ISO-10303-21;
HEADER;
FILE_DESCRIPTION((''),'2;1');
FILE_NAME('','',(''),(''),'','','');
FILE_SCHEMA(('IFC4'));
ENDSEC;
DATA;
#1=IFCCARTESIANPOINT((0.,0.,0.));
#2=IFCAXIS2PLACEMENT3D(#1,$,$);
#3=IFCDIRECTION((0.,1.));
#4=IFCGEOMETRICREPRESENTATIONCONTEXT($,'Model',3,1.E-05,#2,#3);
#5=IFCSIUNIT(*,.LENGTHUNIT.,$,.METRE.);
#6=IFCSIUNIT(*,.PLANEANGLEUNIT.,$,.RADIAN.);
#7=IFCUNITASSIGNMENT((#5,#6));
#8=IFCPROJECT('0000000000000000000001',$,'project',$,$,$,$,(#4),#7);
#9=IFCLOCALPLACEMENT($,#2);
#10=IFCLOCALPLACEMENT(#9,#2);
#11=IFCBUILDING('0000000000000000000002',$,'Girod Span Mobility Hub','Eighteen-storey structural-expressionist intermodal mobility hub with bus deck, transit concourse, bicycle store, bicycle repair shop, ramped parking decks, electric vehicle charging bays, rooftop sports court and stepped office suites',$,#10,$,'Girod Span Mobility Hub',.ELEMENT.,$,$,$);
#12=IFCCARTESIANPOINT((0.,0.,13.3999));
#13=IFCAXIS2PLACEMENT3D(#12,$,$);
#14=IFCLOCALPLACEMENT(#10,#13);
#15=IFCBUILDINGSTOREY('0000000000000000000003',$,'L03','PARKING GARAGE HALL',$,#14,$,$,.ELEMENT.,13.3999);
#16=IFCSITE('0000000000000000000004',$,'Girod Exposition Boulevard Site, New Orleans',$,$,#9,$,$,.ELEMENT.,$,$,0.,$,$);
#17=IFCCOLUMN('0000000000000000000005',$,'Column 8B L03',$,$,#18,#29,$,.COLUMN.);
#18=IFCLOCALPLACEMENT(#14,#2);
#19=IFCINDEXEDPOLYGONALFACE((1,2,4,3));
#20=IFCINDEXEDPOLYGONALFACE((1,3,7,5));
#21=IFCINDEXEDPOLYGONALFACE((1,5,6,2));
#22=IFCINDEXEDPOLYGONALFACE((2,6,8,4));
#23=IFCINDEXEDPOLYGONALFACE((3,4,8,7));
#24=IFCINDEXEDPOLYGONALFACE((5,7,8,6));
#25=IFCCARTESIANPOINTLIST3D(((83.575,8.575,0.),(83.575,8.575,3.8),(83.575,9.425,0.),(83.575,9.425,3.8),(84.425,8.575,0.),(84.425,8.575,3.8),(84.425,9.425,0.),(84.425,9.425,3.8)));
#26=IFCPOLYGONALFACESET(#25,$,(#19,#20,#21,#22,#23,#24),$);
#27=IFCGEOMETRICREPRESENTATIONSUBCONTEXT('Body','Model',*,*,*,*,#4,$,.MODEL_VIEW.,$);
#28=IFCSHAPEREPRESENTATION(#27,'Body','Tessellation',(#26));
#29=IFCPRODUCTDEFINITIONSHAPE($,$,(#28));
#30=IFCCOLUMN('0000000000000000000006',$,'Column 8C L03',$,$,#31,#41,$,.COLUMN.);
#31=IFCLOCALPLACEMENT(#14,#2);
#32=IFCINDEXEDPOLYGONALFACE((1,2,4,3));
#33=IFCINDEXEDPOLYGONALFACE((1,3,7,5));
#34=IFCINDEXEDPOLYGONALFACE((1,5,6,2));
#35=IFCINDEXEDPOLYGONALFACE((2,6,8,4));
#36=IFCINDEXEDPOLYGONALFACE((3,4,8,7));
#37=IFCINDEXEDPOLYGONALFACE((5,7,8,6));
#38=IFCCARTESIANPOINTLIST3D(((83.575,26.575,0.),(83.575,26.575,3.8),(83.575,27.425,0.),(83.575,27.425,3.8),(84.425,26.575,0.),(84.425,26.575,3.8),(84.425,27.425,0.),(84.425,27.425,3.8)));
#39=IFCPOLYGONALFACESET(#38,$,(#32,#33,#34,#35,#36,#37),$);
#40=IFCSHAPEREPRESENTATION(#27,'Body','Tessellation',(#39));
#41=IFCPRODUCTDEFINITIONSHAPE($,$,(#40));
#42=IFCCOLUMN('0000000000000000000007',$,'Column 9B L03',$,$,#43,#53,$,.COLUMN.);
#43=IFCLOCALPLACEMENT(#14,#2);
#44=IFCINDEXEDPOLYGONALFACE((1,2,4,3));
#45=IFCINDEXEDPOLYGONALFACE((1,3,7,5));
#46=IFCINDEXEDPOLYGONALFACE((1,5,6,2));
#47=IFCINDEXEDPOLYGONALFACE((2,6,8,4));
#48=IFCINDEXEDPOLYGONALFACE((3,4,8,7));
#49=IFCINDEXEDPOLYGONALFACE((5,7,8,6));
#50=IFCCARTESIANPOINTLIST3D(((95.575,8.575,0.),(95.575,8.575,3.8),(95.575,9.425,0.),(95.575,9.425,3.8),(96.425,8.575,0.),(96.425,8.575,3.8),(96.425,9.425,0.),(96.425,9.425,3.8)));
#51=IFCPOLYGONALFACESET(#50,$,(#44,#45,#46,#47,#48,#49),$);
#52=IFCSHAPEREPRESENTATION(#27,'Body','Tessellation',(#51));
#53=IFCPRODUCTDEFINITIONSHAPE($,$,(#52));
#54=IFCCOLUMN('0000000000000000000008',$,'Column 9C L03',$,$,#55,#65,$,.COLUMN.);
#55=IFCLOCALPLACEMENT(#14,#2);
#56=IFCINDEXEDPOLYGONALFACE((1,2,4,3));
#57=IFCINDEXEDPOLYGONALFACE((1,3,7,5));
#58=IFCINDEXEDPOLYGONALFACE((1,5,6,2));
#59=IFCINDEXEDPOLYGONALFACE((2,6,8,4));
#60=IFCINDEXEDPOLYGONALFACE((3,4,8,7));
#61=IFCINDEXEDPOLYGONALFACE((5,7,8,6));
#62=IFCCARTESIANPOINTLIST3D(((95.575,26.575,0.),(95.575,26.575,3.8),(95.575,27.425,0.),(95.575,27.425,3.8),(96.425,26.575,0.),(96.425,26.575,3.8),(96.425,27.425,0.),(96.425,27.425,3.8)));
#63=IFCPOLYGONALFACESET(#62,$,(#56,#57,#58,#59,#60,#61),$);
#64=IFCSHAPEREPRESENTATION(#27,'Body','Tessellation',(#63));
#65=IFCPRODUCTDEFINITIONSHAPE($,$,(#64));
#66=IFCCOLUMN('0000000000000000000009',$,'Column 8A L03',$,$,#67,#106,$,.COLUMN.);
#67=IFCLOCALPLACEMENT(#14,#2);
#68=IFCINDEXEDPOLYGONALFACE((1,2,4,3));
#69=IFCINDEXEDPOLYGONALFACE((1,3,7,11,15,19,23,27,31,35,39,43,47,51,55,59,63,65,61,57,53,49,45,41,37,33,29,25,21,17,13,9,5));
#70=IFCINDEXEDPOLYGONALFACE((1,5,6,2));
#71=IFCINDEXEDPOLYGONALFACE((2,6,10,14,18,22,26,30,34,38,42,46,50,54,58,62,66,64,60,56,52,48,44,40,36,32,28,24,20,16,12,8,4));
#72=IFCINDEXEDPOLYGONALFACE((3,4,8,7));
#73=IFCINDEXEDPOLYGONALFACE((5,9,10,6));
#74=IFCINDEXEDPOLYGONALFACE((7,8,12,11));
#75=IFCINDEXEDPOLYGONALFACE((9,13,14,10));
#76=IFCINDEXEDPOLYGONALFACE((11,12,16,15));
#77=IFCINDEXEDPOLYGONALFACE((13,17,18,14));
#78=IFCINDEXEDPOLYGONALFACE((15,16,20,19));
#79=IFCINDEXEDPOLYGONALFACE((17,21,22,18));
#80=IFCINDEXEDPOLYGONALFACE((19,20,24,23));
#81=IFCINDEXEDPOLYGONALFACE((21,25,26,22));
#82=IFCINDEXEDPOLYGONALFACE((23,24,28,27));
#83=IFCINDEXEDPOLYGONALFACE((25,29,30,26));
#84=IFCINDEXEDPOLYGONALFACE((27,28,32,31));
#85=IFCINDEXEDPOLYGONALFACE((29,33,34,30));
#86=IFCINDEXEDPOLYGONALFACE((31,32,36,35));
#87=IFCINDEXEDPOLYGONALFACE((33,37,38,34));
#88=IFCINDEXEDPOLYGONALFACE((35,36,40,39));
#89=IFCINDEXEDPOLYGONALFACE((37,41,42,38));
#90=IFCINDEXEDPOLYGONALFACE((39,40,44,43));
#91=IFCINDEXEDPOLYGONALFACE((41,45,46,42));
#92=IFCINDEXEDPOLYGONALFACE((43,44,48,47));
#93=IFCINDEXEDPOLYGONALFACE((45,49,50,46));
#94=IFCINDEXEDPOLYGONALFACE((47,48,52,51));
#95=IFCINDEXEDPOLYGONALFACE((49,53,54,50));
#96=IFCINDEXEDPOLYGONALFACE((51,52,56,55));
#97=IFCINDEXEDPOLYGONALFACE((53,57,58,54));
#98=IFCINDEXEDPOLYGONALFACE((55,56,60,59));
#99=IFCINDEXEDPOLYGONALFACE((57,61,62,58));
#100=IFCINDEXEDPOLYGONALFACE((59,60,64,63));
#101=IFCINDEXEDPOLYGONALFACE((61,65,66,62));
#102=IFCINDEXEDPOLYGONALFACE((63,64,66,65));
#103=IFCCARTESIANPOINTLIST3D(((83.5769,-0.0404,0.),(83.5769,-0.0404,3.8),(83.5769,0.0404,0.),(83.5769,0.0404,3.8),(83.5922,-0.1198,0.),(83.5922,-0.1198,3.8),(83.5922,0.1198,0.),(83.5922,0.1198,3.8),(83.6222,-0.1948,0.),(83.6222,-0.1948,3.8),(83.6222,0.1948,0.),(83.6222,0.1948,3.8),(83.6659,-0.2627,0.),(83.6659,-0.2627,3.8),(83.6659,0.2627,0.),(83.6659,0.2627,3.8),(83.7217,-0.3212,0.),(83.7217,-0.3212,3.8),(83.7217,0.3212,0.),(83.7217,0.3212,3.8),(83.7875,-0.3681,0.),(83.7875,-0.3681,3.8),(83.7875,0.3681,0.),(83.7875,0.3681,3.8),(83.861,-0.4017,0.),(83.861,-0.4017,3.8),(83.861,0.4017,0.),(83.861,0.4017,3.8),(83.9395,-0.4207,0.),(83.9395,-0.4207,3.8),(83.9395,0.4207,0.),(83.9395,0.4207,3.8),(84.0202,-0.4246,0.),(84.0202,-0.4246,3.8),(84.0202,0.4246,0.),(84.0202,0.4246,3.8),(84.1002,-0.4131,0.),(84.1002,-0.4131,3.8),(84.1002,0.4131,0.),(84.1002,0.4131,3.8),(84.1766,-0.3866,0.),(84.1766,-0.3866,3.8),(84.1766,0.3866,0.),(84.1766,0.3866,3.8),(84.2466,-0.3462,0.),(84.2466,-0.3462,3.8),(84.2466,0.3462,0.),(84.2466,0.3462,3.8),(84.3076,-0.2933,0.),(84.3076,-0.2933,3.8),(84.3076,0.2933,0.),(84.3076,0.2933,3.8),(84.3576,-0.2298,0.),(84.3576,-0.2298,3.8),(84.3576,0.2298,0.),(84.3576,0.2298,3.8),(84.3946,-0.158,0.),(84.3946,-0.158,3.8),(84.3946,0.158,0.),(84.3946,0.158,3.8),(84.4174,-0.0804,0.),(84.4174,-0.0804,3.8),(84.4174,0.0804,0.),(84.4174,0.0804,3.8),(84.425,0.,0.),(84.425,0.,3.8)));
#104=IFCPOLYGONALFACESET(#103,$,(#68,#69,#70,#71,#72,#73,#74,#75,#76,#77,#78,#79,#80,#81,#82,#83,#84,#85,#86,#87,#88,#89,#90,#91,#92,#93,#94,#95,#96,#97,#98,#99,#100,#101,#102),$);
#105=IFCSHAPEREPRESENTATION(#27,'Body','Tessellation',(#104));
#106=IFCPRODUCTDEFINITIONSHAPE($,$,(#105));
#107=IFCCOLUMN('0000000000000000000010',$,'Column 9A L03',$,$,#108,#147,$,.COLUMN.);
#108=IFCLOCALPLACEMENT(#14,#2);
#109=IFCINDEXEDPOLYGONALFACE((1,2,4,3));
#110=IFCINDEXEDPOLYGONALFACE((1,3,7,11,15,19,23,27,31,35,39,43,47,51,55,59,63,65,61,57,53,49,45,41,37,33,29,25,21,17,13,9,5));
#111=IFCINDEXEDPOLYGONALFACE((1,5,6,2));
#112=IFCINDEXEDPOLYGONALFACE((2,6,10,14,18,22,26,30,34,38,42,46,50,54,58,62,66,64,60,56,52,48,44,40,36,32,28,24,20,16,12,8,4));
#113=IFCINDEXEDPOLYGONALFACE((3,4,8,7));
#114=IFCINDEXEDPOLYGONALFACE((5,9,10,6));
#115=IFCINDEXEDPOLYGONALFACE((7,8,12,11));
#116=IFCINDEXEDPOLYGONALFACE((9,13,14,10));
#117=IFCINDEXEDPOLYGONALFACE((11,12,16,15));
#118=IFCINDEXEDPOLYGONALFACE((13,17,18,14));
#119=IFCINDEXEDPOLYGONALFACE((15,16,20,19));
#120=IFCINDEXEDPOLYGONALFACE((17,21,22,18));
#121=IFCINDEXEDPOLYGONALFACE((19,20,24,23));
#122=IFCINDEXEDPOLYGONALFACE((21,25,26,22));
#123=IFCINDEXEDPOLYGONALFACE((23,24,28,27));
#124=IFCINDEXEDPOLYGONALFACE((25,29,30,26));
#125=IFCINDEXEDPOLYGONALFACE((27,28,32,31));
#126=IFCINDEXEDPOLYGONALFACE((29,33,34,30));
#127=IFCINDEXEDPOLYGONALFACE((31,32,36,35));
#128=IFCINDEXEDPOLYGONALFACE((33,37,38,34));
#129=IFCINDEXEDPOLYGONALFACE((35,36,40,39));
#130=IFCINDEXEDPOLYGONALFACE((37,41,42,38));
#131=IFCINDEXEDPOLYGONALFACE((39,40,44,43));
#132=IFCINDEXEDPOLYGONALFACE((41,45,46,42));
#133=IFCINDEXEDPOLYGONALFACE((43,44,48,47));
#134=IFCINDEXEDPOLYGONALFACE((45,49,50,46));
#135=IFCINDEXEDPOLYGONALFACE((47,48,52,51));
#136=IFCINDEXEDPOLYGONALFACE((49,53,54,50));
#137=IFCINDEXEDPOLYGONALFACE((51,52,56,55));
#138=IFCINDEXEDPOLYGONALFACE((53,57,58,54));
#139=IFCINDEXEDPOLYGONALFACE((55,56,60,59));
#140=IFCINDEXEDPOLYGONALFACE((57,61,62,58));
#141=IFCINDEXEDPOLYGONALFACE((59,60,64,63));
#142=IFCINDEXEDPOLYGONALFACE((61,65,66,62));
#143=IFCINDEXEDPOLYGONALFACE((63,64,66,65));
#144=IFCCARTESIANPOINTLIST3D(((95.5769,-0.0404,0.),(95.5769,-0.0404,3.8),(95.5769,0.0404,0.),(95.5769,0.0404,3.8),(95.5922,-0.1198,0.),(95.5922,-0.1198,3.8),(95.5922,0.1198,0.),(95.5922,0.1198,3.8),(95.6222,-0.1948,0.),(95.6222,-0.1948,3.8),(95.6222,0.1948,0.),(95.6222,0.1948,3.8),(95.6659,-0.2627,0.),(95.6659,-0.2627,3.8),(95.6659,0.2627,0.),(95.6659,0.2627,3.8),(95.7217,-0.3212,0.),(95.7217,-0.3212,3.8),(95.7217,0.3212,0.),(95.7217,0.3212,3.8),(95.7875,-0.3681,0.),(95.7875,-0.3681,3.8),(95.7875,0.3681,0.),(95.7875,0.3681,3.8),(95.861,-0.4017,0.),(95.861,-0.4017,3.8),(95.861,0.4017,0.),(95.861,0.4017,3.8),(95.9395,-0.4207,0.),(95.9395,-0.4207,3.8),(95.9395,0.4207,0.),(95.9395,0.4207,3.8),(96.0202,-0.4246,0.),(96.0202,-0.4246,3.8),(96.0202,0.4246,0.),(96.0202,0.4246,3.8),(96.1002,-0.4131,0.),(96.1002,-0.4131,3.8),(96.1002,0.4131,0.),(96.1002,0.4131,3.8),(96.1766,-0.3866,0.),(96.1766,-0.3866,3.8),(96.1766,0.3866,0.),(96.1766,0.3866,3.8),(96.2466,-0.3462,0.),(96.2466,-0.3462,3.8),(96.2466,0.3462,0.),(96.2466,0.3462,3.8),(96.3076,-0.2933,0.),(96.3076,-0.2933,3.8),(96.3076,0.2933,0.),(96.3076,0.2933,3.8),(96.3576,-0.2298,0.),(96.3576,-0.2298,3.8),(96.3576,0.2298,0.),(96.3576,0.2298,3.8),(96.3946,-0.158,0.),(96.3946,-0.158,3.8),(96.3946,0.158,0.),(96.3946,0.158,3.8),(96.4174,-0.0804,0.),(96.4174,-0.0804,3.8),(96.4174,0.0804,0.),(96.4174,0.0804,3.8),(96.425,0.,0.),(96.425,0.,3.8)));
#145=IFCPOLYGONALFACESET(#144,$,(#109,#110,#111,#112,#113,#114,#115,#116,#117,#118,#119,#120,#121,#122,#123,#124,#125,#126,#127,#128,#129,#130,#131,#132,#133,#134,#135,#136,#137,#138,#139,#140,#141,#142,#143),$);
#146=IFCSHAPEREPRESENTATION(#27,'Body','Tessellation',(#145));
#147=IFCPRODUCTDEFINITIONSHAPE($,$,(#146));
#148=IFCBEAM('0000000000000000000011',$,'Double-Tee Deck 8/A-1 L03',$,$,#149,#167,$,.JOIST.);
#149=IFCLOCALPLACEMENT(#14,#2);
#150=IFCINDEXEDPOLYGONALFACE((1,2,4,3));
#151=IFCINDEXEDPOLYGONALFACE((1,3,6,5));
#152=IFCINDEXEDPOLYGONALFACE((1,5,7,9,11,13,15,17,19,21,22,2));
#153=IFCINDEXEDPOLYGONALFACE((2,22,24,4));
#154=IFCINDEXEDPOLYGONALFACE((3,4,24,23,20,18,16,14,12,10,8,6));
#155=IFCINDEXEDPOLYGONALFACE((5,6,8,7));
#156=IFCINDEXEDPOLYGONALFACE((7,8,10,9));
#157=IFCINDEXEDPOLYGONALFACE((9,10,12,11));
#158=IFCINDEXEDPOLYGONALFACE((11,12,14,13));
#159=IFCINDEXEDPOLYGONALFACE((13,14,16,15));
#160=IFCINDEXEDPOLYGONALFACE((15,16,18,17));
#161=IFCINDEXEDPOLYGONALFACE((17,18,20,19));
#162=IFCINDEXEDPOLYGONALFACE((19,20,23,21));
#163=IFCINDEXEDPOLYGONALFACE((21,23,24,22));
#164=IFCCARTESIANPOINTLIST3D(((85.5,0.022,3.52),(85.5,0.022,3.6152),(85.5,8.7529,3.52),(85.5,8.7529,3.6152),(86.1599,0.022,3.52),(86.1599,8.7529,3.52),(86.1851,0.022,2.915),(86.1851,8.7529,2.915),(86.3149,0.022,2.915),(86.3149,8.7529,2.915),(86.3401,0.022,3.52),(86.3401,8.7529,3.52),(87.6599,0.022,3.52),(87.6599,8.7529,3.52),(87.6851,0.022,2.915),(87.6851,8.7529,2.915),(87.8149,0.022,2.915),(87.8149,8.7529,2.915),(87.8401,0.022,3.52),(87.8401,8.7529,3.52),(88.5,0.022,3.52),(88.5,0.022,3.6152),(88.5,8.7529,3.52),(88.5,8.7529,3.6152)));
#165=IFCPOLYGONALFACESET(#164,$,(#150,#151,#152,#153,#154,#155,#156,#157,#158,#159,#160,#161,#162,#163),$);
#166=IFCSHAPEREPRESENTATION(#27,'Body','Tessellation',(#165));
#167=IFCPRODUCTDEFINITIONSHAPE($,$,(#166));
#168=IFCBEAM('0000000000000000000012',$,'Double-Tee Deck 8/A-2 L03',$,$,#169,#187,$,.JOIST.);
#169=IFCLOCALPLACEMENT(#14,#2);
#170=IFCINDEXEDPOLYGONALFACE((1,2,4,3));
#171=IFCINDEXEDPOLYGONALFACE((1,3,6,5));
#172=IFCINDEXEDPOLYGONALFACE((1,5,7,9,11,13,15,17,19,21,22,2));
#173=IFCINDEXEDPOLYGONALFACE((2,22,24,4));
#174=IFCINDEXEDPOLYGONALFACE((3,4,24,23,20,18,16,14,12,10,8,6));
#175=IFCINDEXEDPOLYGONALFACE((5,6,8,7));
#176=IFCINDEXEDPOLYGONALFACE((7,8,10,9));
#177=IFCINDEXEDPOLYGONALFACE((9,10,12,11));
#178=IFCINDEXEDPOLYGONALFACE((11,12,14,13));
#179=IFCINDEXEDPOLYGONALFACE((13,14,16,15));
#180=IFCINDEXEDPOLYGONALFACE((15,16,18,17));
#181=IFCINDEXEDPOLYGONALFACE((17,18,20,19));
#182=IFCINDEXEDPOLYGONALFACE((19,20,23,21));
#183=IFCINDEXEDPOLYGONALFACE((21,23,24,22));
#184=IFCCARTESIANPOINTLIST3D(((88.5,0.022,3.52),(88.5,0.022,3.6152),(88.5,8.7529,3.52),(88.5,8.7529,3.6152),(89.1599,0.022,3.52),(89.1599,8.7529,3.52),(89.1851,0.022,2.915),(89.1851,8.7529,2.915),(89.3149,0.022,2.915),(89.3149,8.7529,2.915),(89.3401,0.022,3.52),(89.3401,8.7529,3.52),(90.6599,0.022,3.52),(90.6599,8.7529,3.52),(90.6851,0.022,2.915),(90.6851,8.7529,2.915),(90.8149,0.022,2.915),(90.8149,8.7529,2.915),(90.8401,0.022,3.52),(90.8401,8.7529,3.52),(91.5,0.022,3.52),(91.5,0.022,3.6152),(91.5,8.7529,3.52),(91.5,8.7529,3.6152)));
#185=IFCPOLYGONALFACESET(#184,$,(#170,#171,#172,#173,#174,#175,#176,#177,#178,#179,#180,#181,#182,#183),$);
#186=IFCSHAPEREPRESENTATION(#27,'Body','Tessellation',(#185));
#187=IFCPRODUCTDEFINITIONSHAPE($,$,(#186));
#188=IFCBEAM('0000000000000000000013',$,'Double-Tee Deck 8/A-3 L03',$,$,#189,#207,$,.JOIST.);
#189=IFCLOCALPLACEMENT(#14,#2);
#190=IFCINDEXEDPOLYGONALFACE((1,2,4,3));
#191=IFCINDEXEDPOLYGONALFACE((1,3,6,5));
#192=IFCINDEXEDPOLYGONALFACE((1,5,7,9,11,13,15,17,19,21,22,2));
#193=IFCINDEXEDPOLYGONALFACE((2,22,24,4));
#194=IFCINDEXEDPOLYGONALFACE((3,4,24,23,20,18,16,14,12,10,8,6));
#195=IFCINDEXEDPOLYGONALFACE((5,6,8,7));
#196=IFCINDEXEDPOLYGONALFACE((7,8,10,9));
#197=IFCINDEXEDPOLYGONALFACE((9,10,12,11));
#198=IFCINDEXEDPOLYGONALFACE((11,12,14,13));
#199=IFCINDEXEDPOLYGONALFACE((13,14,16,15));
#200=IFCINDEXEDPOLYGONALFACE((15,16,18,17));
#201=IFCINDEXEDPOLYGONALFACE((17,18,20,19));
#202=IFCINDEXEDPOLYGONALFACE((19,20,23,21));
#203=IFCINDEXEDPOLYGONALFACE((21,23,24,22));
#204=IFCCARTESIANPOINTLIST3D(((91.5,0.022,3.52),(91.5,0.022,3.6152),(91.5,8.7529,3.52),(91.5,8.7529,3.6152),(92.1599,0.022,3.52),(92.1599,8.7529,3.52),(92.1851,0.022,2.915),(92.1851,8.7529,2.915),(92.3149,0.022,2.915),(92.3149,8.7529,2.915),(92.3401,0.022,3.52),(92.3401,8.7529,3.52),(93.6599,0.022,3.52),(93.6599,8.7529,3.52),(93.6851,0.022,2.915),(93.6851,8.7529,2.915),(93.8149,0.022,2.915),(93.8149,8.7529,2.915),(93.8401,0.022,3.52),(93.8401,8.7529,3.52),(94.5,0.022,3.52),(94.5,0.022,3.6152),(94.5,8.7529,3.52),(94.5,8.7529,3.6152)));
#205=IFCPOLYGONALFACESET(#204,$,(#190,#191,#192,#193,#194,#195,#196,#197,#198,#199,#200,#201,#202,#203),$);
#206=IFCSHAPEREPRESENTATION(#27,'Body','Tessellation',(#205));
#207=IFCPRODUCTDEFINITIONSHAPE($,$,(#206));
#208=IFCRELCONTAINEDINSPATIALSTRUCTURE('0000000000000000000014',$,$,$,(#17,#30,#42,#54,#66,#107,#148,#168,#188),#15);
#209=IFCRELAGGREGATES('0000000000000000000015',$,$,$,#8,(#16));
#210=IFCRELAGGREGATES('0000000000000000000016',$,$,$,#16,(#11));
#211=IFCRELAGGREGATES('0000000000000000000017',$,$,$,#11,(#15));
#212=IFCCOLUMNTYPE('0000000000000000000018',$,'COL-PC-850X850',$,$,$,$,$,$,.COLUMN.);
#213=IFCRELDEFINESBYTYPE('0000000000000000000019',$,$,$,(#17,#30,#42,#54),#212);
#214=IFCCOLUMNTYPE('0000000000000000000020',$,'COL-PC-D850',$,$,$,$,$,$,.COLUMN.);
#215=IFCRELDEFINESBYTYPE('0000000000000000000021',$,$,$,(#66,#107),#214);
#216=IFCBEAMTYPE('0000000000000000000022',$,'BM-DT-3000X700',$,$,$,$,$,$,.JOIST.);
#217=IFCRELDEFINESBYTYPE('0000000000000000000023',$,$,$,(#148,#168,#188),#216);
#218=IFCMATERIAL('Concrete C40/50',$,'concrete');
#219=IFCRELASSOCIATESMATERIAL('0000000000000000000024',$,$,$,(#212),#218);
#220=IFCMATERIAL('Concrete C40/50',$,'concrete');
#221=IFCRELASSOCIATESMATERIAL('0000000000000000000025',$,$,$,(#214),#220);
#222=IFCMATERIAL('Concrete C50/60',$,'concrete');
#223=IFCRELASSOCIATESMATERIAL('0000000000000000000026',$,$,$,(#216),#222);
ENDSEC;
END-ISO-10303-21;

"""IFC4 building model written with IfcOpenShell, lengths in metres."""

from ifc_helpers import new_model, si_unit, direction, frame, origin, origin_2d, place, context, subcontext, project, spatial, polyline, rectangle, circle, outline, extrude, material, material_profile, profile_set, type_object, element, save


model = new_model("IFC4")

# Units and contexts
model_context = context("Model", 3, precision=1e-05, world=origin(), true_north=direction((0.0, 1.0)))
body_context = subcontext(model_context, "Body", "Model", "MODEL_VIEW")
ifc_project = project(units=[si_unit("LENGTHUNIT", "METRE"), si_unit("PLANEANGLEUNIT", "RADIAN")], contexts=[model_context])

# Site, building, storey
site_placement = place(None, origin())
site = spatial("IfcSite", under=ifc_project, at=site_placement, Name="Girod Exposition Boulevard Site, New Orleans", CompositionType="ELEMENT", RefElevation=0.0)
building_placement = place(site_placement, origin())
building = spatial("IfcBuilding", under=site, at=building_placement, Name="Girod Span Mobility Hub", Description="Eighteen-storey structural-expressionist intermodal mobility hub with bus deck, transit concourse, bicycle store, bicycle repair shop, ramped parking decks, electric vehicle charging bays, rooftop sports court and stepped office suites", LongName="Girod Span Mobility Hub", CompositionType="ELEMENT")
storey_placement = place(building_placement, frame((0.0, 0.0, 13.3999)))
storey = spatial("IfcBuildingStorey", under=building, at=storey_placement, Name="L03", Description="PARKING GARAGE HALL", CompositionType="ELEMENT", Elevation=13.3999)

# Columns
ifc_material_1 = material(Name="Concrete C40/50", Category="concrete")
ifc_material_profile_1 = material_profile(ifc_material_1, rectangle(XDim=0.8501, YDim=0.8501, at=origin_2d()), Name="PC-COL-850X850")
ifc_profile_set_1 = profile_set([ifc_material_profile_1], Name="Concrete C40/50")
column_type_1 = type_object("IfcColumnType", Name="COL-PC-850X850", PredefinedType="COLUMN", material=ifc_profile_set_1)
for number, where, z_axis, x_axis, name in (
    (1, (84.0, 9.0, 0.0), (0.0, 0.0, 1.0), (1.0, 0.0, 0.0), "Column 8B L03"),
    (2, (84.0, 27.0, 0.0), (0.0, 0.0, 1.0), (1.0, 0.0, 0.0), "Column 8C L03"),
    (3, (96.0, 9.0, 0.0), (0.0, 0.0, 1.0), (1.0, 0.0, 0.0), "Column 9B L03"),
    (4, (96.0, 27.0, 0.0), (0.0, 0.0, 1.0), (1.0, 0.0, 0.0), "Column 9C L03"),
):
    element("IfcColumn", number, at=place(storey_placement, frame(where, z_axis=z_axis, x_axis=x_axis)), inside=storey, type_object=column_type_1, Name=name, PredefinedType="COLUMN", context=body_context, shape_type="SweptSolid", body=[
        extrude(rectangle(XDim=0.8501, YDim=0.8501, at=origin_2d()), origin(), (0.0, 0.0, 1.0), 3.8),
    ])
ifc_material_2 = material(Name="Concrete C40/50", Category="concrete")
ifc_material_profile_2 = material_profile(ifc_material_2, circle(Radius=0.425, at=origin_2d()), Name="PC-CIR-D850")
ifc_profile_set_2 = profile_set([ifc_material_profile_2], Name="Concrete C40/50")
column_type_2 = type_object("IfcColumnType", Name="COL-PC-D850", PredefinedType="COLUMN", material=ifc_profile_set_2)
for number, where, z_axis, x_axis, name in (
    (5, (84.0, 0.0, 0.0), (0.0, 0.0, 1.0), (1.0, 0.0, 0.0), "Column 8A L03"),
    (6, (96.0, 0.0, 0.0), (0.0, 0.0, 1.0), (1.0, 0.0, 0.0), "Column 9A L03"),
):
    element("IfcColumn", number, at=place(storey_placement, frame(where, z_axis=z_axis, x_axis=x_axis)), inside=storey, type_object=column_type_2, Name=name, PredefinedType="COLUMN", context=body_context, shape_type="SweptSolid", body=[
        extrude(circle(Radius=0.425, at=origin_2d()), origin(), (0.0, 0.0, 1.0), 3.8),
    ])

# Beams
ifc_material_3 = material(Name="Concrete C50/60", Category="concrete")
ifc_material_profile_3 = material_profile(ifc_material_3, outline(polyline([(-1.5, 0.3501), (-1.5, 0.2549), (-0.8401, 0.2549), (-0.8149, -0.3501), (-0.6851, -0.3501), (-0.6599, 0.2549), (0.6599, 0.2549), (0.6851, -0.3501), (0.8149, -0.3501), (0.8401, 0.2549), (1.5, 0.2549), (1.5, 0.3501), (-1.5, 0.3501)])), Name="DT-3000X700")
ifc_profile_set_3 = profile_set([ifc_material_profile_3], Name="Concrete C50/60")
beam_type_1 = type_object("IfcBeamType", Name="BM-DT-3000X700", PredefinedType="JOIST", material=ifc_profile_set_3)
for number, where, z_axis, x_axis, name in (
    (7, (87.0, 0.022, 3.2651), (0.0, 1.0, 0.0), (-1.0, 0.0, 0.0), "Double-Tee Deck 8/A-1 L03"),
    (8, (90.0, 0.022, 3.2651), (0.0, 1.0, 0.0), (-1.0, 0.0, 0.0), "Double-Tee Deck 8/A-2 L03"),
    (9, (93.0, 0.022, 3.2651), (0.0, 1.0, 0.0), (-1.0, 0.0, 0.0), "Double-Tee Deck 8/A-3 L03"),
):
    element("IfcBeam", number, at=place(storey_placement, frame(where, z_axis=z_axis, x_axis=x_axis)), inside=storey, type_object=beam_type_1, Name=name, PredefinedType="JOIST", context=body_context, shape_type="SweptSolid", body=[
        extrude(outline(polyline([(-1.5, 0.3501), (-1.5, 0.2549), (-0.8401, 0.2549), (-0.8149, -0.3501), (-0.6851, -0.3501), (-0.6599, 0.2549), (0.6599, 0.2549), (0.6851, -0.3501), (0.8149, -0.3501), (0.8401, 0.2549), (1.5, 0.2549), (1.5, 0.3501), (-1.5, 0.3501)])), origin(), (0.0, 0.0, 1.0), 8.731),
    ])

save(model, "model.ifc")
